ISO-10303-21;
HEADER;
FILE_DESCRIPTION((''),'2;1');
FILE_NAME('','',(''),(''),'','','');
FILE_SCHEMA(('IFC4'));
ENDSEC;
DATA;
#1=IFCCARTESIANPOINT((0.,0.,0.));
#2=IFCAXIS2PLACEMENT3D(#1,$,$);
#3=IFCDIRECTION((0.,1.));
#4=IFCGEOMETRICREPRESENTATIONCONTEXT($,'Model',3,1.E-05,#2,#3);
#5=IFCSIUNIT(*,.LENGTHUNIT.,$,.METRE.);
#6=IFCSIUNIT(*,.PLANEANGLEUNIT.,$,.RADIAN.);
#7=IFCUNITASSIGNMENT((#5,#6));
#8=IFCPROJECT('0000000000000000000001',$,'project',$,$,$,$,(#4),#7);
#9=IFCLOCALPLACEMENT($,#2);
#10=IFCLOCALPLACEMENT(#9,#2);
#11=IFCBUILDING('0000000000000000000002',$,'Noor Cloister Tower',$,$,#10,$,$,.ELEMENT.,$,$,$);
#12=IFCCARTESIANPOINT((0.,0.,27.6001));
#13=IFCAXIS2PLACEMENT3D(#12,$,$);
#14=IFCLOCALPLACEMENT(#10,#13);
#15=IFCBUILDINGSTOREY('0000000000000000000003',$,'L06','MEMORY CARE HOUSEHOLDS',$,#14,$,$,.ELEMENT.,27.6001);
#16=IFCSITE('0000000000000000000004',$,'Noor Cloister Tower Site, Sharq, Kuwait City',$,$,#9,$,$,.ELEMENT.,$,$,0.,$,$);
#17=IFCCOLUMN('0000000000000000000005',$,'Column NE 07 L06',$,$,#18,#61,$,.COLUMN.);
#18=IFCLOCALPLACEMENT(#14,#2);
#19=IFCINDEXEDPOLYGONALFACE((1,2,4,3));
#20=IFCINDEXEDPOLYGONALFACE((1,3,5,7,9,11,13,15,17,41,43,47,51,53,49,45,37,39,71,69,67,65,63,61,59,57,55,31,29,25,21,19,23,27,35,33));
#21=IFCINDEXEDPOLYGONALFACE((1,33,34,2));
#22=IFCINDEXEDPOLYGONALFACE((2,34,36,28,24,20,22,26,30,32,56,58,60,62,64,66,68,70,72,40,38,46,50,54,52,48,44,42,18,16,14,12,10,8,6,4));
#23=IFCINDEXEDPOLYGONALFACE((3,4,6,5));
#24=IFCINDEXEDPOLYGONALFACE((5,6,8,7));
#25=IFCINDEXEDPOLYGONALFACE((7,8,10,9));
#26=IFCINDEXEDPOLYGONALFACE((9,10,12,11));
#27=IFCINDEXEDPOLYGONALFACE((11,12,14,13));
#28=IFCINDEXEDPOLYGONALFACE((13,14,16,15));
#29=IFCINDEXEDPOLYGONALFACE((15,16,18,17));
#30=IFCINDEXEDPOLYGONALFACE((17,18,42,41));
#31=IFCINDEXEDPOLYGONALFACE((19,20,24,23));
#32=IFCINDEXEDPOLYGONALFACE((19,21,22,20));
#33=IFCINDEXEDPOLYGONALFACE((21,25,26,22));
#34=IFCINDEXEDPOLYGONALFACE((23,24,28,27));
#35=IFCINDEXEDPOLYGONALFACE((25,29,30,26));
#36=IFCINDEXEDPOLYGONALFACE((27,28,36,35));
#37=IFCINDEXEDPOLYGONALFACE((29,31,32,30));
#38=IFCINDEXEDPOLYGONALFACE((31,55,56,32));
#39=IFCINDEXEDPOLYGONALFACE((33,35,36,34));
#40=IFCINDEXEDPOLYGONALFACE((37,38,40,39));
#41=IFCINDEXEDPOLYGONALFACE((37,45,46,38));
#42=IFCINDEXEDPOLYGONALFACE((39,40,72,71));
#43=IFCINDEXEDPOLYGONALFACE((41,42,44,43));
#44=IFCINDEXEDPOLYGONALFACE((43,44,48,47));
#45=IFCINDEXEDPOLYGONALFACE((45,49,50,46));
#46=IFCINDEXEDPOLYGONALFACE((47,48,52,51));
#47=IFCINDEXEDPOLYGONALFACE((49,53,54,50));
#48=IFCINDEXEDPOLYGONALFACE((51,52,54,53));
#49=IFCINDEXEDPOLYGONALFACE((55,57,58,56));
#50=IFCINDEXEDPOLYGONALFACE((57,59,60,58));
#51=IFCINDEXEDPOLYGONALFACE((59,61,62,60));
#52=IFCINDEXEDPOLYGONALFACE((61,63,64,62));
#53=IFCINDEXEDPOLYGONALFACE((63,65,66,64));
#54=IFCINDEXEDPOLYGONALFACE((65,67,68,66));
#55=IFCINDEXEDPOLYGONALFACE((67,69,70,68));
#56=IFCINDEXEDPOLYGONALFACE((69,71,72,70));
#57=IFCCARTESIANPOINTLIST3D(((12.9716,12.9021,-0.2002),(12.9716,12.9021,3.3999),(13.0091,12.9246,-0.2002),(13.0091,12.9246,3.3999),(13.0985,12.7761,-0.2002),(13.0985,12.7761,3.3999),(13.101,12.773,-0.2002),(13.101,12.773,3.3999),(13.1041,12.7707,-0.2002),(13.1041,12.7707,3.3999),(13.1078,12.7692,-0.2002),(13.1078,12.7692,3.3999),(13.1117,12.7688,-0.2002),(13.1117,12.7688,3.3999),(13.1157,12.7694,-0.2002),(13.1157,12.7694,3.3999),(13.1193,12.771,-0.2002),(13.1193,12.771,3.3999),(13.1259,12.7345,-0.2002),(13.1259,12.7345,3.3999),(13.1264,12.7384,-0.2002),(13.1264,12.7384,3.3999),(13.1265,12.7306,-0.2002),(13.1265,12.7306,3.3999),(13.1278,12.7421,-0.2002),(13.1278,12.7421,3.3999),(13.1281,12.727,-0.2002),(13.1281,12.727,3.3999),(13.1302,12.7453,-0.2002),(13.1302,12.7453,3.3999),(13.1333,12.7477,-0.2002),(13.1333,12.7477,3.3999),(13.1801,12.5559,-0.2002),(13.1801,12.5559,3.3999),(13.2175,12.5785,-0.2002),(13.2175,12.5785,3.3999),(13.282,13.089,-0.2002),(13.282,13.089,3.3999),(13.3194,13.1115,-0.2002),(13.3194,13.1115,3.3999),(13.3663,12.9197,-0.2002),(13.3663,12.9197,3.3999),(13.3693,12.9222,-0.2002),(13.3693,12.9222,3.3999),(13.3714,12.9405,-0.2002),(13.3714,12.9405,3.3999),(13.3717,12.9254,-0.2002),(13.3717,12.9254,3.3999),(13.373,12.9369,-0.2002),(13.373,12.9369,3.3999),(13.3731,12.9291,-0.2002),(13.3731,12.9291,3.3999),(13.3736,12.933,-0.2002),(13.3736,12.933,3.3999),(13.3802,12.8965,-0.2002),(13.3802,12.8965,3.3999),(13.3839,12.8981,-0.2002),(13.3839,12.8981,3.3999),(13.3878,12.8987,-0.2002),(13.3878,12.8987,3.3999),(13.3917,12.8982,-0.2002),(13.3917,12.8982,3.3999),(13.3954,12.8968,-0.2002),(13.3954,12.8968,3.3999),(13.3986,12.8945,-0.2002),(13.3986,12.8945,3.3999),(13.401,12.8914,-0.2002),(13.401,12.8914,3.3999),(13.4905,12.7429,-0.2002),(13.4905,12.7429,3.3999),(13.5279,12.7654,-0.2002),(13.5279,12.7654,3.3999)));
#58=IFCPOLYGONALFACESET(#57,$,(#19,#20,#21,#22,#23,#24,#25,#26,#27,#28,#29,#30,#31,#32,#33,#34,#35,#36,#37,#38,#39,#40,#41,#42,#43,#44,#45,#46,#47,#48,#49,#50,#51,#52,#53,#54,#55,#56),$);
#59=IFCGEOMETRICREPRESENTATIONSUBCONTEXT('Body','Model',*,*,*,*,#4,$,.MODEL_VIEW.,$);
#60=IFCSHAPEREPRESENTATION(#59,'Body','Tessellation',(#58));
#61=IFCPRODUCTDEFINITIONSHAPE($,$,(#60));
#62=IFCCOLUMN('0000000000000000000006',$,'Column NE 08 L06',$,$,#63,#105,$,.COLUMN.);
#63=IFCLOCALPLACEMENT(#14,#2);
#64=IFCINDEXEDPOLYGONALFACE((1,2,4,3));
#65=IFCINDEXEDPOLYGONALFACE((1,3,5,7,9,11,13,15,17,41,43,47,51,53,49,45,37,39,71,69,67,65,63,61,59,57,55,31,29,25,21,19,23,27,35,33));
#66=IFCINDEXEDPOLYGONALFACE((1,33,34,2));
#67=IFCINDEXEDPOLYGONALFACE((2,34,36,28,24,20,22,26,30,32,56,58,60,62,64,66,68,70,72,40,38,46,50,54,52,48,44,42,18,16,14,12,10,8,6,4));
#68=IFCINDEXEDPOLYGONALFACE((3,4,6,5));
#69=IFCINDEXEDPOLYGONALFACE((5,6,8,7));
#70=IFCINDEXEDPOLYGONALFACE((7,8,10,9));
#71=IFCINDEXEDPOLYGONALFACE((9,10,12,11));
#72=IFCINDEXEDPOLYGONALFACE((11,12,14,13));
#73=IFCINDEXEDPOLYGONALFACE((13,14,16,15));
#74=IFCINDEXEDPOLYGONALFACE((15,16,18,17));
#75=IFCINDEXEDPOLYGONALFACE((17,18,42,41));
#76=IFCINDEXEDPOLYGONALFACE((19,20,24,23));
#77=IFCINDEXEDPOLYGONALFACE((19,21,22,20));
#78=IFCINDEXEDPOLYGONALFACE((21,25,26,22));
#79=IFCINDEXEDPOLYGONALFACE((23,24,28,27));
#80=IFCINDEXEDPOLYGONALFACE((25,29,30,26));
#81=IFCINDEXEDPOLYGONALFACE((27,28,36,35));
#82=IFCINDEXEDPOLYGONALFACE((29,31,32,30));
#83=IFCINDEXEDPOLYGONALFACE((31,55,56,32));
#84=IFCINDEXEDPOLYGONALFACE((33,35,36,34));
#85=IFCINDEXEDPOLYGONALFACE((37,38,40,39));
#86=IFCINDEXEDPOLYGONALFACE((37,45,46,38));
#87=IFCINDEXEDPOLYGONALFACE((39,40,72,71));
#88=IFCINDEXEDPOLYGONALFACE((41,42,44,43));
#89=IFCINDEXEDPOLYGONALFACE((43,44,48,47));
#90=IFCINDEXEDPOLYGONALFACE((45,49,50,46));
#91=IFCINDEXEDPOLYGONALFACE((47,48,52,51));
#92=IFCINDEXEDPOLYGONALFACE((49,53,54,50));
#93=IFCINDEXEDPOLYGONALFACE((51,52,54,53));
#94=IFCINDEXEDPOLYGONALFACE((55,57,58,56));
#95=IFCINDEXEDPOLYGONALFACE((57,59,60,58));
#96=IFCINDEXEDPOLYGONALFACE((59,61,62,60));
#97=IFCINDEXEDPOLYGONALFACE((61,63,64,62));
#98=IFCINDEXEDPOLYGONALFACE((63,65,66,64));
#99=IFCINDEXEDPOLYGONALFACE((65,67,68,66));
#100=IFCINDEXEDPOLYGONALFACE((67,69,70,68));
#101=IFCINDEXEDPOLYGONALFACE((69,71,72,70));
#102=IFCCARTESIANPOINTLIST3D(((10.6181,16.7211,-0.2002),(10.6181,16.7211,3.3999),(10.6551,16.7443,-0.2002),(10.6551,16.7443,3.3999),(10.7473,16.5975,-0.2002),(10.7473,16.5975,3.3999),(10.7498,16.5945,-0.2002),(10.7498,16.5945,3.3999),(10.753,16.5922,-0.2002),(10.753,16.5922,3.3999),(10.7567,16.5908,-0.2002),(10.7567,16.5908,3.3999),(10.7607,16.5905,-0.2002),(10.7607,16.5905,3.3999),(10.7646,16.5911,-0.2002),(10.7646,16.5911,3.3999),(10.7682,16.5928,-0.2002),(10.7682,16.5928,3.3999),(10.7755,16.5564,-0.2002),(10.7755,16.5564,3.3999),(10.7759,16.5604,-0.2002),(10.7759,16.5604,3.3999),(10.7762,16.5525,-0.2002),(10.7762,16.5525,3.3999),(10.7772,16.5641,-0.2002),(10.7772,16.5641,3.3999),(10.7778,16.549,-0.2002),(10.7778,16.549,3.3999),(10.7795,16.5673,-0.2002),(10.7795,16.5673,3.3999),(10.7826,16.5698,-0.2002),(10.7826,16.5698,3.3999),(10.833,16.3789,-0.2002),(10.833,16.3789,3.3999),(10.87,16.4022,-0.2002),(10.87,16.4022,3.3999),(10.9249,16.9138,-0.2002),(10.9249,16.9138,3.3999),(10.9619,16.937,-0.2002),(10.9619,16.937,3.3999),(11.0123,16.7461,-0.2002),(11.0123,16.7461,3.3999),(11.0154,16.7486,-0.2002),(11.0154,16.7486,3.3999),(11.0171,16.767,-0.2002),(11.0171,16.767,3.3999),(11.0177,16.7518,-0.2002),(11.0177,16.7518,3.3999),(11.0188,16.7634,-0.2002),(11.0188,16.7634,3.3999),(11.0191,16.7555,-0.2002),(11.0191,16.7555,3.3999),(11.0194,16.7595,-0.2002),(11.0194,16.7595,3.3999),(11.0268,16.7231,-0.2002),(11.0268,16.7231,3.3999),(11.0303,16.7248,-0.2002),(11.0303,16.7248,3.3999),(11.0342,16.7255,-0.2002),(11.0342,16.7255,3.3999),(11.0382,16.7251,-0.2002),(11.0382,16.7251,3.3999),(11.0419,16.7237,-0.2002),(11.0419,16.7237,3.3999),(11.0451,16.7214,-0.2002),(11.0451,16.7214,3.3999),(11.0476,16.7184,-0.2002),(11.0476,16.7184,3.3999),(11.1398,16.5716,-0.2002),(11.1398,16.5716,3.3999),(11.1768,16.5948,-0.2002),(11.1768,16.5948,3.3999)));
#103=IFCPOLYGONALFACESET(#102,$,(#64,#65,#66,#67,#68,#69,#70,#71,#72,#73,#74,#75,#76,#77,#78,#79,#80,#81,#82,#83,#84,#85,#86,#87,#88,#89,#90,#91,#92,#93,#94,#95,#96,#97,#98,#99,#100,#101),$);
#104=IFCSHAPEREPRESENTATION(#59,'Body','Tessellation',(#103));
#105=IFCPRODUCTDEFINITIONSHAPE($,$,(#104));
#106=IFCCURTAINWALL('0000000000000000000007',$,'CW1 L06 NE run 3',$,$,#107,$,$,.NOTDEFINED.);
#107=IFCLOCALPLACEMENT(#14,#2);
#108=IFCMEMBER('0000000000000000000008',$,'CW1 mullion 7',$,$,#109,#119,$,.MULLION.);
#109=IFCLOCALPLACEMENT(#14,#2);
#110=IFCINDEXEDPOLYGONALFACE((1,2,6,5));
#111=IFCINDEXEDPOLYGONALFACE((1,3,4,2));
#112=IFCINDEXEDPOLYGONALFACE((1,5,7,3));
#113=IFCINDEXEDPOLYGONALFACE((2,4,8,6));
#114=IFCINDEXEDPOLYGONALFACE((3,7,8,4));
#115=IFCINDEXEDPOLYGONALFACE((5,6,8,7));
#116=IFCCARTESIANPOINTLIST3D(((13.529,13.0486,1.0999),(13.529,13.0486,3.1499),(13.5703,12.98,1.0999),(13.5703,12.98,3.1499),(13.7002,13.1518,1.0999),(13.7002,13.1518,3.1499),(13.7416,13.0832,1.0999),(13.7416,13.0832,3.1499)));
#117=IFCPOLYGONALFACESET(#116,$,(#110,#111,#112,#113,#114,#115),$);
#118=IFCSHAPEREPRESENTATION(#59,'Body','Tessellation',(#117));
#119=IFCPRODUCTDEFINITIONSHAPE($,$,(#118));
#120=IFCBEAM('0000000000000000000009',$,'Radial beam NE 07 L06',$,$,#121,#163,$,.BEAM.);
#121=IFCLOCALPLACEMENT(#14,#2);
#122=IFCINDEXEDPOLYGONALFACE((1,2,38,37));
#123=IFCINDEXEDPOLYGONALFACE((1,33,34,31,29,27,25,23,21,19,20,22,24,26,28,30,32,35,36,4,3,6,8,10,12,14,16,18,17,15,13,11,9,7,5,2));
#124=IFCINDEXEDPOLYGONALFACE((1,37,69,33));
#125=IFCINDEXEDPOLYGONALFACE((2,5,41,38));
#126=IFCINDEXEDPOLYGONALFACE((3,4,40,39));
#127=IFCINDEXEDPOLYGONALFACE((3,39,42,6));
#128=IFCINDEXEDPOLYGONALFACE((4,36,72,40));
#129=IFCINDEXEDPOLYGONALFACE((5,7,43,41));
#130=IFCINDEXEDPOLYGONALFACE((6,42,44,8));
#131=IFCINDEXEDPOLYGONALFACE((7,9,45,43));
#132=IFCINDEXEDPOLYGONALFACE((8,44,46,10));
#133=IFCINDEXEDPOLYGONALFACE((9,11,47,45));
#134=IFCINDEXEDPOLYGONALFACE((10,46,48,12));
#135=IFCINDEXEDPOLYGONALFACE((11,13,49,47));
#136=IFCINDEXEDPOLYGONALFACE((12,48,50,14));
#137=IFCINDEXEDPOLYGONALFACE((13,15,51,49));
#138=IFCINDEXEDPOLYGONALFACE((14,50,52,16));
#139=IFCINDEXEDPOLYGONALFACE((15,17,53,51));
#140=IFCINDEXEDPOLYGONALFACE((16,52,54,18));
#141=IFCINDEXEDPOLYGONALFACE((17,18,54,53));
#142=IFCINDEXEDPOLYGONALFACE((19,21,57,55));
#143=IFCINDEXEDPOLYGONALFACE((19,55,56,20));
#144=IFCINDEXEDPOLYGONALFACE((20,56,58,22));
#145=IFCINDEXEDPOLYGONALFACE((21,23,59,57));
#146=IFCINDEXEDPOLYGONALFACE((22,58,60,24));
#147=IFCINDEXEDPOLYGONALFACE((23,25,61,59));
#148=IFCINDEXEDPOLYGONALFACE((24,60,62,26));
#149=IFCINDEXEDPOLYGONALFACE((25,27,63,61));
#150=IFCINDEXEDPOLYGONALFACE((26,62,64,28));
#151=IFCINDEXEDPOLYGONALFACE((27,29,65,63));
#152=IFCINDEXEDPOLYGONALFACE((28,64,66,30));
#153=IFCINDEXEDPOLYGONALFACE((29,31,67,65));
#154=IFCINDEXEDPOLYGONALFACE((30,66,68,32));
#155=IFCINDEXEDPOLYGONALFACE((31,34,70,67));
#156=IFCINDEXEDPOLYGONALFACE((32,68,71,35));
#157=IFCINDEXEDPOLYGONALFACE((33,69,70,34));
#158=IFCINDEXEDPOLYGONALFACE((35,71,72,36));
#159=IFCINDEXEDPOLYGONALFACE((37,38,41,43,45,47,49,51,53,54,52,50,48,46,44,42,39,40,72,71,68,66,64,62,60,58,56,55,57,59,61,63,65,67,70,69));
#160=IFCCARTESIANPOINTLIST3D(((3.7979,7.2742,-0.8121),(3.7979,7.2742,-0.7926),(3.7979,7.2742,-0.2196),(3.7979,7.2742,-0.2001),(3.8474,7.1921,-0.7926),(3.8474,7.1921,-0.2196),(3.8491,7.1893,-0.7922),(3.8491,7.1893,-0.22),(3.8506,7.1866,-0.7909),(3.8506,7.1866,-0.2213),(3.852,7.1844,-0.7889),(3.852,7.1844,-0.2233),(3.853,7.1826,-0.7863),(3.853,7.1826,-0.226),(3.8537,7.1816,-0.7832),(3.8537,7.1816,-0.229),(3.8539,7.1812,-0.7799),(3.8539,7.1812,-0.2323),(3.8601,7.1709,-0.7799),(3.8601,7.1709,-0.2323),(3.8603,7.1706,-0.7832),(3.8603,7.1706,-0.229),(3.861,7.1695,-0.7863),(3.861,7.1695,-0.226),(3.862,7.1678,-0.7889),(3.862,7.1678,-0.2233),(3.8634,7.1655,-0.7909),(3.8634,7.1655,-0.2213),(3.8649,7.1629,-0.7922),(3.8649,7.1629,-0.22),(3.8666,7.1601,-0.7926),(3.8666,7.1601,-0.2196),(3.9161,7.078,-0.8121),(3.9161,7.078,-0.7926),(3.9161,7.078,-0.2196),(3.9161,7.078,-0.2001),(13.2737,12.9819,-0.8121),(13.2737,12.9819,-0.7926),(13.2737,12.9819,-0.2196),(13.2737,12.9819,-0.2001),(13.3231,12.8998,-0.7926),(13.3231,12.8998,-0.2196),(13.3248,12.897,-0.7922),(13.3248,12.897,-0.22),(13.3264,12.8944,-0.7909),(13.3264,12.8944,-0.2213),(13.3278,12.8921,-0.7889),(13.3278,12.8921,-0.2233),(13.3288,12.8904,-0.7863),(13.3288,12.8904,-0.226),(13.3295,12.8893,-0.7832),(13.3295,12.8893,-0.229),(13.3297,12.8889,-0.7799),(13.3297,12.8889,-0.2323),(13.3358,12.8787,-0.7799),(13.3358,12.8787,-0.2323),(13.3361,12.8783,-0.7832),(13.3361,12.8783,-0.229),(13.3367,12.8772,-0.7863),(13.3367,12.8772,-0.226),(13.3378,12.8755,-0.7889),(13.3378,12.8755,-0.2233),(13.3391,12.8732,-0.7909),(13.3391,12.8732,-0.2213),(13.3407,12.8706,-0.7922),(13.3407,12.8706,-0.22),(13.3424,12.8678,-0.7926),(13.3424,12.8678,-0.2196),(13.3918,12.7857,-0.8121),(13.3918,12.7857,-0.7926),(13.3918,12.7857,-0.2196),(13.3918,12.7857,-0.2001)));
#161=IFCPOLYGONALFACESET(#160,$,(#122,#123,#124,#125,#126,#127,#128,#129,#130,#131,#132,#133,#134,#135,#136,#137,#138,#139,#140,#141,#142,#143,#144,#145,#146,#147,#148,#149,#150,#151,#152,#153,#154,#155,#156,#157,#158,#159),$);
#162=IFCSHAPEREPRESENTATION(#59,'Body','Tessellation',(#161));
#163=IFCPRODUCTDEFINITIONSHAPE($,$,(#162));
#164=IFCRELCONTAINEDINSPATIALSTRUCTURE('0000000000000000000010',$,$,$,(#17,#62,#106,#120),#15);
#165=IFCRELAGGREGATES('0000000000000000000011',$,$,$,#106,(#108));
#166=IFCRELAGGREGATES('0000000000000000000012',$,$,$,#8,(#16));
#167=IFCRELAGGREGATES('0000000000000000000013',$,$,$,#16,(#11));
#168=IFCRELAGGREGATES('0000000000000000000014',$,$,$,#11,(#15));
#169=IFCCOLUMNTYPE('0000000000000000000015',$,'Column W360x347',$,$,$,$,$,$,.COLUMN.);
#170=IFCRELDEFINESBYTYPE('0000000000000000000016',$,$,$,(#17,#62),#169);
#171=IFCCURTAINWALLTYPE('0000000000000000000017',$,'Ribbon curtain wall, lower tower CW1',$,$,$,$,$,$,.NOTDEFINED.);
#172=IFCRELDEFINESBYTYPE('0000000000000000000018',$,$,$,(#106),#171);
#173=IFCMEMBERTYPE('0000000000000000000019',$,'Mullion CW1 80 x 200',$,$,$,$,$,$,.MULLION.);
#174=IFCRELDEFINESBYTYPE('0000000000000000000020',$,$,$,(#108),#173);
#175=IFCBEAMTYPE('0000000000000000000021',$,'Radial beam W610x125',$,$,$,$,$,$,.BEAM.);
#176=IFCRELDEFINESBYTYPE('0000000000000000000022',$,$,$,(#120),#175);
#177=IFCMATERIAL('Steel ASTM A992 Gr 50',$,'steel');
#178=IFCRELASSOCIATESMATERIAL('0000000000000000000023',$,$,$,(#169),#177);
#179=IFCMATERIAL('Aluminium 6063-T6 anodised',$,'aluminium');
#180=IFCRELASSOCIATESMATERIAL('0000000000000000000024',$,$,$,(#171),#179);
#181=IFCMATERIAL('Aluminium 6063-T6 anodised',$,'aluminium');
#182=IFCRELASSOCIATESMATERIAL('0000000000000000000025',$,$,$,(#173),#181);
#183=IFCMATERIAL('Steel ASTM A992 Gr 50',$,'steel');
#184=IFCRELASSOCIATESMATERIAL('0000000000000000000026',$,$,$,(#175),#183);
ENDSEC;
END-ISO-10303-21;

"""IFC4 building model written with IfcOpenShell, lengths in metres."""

from ifc_helpers import new_model, si_unit, direction, frame, origin, origin_2d, place, context, subcontext, project, spatial, rectangle, i_section, extrude, material, material_profile, profile_set, type_object, element, aggregate, save


model = new_model("IFC4")

# Units and contexts
model_context = context("Model", 3, precision=1e-05, world=origin(), true_north=direction((0.0, 1.0)))
body_context = subcontext(model_context, "Body", "Model", "MODEL_VIEW")
ifc_project = project(units=[si_unit("LENGTHUNIT", "METRE"), si_unit("PLANEANGLEUNIT", "RADIAN")], contexts=[model_context])

# Site, building, storey
site_placement = place(None, origin())
site = spatial("IfcSite", under=ifc_project, at=site_placement, Name="Noor Cloister Tower Site, Sharq, Kuwait City", CompositionType="ELEMENT", RefElevation=0.0)
building_placement = place(site_placement, origin())
building = spatial("IfcBuilding", under=site, at=building_placement, Name="Noor Cloister Tower", CompositionType="ELEMENT")
storey_placement = place(building_placement, frame((0.0, 0.0, 27.6001)))
storey = spatial("IfcBuildingStorey", under=building, at=storey_placement, Name="L06", Description="MEMORY CARE HOUSEHOLDS", CompositionType="ELEMENT", Elevation=27.6001)

# Columns
ifc_material_1 = material(Name="Steel ASTM A992 Gr 50", Category="steel")
ifc_material_profile_1 = material_profile(ifc_material_1, i_section(OverallWidth=0.4041, OverallDepth=0.406, WebThickness=0.0271, FlangeThickness=0.0437, FilletRadius=0.0151, at=origin_2d()), Name="W360x347")
ifc_profile_set_1 = profile_set([ifc_material_profile_1], Name="Steel ASTM A992 Gr 50")
column_type = type_object("IfcColumnType", Name="Column W360x347", PredefinedType="COLUMN", material=ifc_profile_set_1)
for number, where, z_axis, x_axis, name in (
    (1, (13.2498, 12.8337, -0.2002), (0.0, 0.0, 1.0), (-0.515981, 0.8566, 0.0), "Column NE 07 L06"),
    (2, (10.8975, 16.658, -0.2002), (0.0, 0.0, 1.0), (-0.531785, 0.84688, 0.0), "Column NE 08 L06"),
):
    element("IfcColumn", number, at=place(storey_placement, frame(where, z_axis=z_axis, x_axis=x_axis)), inside=storey, type_object=column_type, Name=name, PredefinedType="COLUMN", context=body_context, shape_type="SweptSolid", body=[
        extrude(i_section(OverallWidth=0.4041, OverallDepth=0.406, WebThickness=0.0271, FlangeThickness=0.0437, FilletRadius=0.0151, at=origin_2d()), origin(), (0.0, 0.0, 1.0), 3.6001),
    ])

# Curtain wall, member
ifc_material_2 = material(Name="Aluminium 6063-T6 anodised", Category="aluminium")
curtain_wall_type = type_object("IfcCurtainWallType", Name="Ribbon curtain wall, lower tower CW1", PredefinedType="NOTDEFINED", material=ifc_material_2)
curtain_wall_placement = place(storey_placement, origin())
curtain_wall = element("IfcCurtainWall", 3, at=curtain_wall_placement, inside=storey, type_object=curtain_wall_type, Name="CW1 L06 NE run 3", PredefinedType="NOTDEFINED")
ifc_material_3 = material(Name="Aluminium 6063-T6 anodised", Category="aluminium")
ifc_material_profile_2 = material_profile(ifc_material_3, rectangle(XDim=0.2, YDim=0.0801, at=origin_2d()), Name="200 x 80 mullion")
ifc_profile_set_2 = profile_set([ifc_material_profile_2], Name="Aluminium 6063-T6 anodised")
member_type = type_object("IfcMemberType", Name="Mullion CW1 80 x 200", PredefinedType="MULLION", material=ifc_profile_set_2)
member_placement = place(storey_placement, frame((13.6353, 13.0659, 1.0999), z_axis=(0.0, 0.0, 1.0), x_axis=(-0.8566, -0.515981, 0.0)))
member = element("IfcMember", 4, at=member_placement, type_object=member_type, Name="CW1 mullion 7", PredefinedType="MULLION", context=body_context, shape_type="SweptSolid", body=[
    extrude(rectangle(XDim=0.2, YDim=0.0801, at=origin_2d()), origin(), (0.0, 0.0, 1.0), 2.05),
])

# Beam
ifc_material_4 = material(Name="Steel ASTM A992 Gr 50", Category="steel")
ifc_material_profile_3 = material_profile(ifc_material_4, i_section(OverallWidth=0.229, OverallDepth=0.6121, WebThickness=0.012, FlangeThickness=0.0195, FilletRadius=0.0127, at=origin_2d()), Name="W610x125")
ifc_profile_set_3 = profile_set([ifc_material_profile_3], Name="Steel ASTM A992 Gr 50")
beam_type_1 = type_object("IfcBeamType", Name="Radial beam W610x125", PredefinedType="BEAM", material=ifc_profile_set_3)
beam_1_placement = place(storey_placement, frame((13.3328, 12.8838, -0.5061), z_axis=(-0.856604, -0.515975, 0.0), x_axis=(0.515975, -0.856604, 0.0)))
element("IfcBeam", 5, at=beam_1_placement, inside=storey, type_object=beam_type_1, Name="Radial beam NE 07 L06", PredefinedType="BEAM", context=body_context, shape_type="SweptSolid", body=[
    extrude(i_section(OverallWidth=0.229, OverallDepth=0.6121, WebThickness=0.012, FlangeThickness=0.0195, FilletRadius=0.0127, at=origin_2d()), origin(), (0.0, 0.0, 1.0), 11.062),
])

aggregate(curtain_wall, [member])

save(model, "model.ifc")
